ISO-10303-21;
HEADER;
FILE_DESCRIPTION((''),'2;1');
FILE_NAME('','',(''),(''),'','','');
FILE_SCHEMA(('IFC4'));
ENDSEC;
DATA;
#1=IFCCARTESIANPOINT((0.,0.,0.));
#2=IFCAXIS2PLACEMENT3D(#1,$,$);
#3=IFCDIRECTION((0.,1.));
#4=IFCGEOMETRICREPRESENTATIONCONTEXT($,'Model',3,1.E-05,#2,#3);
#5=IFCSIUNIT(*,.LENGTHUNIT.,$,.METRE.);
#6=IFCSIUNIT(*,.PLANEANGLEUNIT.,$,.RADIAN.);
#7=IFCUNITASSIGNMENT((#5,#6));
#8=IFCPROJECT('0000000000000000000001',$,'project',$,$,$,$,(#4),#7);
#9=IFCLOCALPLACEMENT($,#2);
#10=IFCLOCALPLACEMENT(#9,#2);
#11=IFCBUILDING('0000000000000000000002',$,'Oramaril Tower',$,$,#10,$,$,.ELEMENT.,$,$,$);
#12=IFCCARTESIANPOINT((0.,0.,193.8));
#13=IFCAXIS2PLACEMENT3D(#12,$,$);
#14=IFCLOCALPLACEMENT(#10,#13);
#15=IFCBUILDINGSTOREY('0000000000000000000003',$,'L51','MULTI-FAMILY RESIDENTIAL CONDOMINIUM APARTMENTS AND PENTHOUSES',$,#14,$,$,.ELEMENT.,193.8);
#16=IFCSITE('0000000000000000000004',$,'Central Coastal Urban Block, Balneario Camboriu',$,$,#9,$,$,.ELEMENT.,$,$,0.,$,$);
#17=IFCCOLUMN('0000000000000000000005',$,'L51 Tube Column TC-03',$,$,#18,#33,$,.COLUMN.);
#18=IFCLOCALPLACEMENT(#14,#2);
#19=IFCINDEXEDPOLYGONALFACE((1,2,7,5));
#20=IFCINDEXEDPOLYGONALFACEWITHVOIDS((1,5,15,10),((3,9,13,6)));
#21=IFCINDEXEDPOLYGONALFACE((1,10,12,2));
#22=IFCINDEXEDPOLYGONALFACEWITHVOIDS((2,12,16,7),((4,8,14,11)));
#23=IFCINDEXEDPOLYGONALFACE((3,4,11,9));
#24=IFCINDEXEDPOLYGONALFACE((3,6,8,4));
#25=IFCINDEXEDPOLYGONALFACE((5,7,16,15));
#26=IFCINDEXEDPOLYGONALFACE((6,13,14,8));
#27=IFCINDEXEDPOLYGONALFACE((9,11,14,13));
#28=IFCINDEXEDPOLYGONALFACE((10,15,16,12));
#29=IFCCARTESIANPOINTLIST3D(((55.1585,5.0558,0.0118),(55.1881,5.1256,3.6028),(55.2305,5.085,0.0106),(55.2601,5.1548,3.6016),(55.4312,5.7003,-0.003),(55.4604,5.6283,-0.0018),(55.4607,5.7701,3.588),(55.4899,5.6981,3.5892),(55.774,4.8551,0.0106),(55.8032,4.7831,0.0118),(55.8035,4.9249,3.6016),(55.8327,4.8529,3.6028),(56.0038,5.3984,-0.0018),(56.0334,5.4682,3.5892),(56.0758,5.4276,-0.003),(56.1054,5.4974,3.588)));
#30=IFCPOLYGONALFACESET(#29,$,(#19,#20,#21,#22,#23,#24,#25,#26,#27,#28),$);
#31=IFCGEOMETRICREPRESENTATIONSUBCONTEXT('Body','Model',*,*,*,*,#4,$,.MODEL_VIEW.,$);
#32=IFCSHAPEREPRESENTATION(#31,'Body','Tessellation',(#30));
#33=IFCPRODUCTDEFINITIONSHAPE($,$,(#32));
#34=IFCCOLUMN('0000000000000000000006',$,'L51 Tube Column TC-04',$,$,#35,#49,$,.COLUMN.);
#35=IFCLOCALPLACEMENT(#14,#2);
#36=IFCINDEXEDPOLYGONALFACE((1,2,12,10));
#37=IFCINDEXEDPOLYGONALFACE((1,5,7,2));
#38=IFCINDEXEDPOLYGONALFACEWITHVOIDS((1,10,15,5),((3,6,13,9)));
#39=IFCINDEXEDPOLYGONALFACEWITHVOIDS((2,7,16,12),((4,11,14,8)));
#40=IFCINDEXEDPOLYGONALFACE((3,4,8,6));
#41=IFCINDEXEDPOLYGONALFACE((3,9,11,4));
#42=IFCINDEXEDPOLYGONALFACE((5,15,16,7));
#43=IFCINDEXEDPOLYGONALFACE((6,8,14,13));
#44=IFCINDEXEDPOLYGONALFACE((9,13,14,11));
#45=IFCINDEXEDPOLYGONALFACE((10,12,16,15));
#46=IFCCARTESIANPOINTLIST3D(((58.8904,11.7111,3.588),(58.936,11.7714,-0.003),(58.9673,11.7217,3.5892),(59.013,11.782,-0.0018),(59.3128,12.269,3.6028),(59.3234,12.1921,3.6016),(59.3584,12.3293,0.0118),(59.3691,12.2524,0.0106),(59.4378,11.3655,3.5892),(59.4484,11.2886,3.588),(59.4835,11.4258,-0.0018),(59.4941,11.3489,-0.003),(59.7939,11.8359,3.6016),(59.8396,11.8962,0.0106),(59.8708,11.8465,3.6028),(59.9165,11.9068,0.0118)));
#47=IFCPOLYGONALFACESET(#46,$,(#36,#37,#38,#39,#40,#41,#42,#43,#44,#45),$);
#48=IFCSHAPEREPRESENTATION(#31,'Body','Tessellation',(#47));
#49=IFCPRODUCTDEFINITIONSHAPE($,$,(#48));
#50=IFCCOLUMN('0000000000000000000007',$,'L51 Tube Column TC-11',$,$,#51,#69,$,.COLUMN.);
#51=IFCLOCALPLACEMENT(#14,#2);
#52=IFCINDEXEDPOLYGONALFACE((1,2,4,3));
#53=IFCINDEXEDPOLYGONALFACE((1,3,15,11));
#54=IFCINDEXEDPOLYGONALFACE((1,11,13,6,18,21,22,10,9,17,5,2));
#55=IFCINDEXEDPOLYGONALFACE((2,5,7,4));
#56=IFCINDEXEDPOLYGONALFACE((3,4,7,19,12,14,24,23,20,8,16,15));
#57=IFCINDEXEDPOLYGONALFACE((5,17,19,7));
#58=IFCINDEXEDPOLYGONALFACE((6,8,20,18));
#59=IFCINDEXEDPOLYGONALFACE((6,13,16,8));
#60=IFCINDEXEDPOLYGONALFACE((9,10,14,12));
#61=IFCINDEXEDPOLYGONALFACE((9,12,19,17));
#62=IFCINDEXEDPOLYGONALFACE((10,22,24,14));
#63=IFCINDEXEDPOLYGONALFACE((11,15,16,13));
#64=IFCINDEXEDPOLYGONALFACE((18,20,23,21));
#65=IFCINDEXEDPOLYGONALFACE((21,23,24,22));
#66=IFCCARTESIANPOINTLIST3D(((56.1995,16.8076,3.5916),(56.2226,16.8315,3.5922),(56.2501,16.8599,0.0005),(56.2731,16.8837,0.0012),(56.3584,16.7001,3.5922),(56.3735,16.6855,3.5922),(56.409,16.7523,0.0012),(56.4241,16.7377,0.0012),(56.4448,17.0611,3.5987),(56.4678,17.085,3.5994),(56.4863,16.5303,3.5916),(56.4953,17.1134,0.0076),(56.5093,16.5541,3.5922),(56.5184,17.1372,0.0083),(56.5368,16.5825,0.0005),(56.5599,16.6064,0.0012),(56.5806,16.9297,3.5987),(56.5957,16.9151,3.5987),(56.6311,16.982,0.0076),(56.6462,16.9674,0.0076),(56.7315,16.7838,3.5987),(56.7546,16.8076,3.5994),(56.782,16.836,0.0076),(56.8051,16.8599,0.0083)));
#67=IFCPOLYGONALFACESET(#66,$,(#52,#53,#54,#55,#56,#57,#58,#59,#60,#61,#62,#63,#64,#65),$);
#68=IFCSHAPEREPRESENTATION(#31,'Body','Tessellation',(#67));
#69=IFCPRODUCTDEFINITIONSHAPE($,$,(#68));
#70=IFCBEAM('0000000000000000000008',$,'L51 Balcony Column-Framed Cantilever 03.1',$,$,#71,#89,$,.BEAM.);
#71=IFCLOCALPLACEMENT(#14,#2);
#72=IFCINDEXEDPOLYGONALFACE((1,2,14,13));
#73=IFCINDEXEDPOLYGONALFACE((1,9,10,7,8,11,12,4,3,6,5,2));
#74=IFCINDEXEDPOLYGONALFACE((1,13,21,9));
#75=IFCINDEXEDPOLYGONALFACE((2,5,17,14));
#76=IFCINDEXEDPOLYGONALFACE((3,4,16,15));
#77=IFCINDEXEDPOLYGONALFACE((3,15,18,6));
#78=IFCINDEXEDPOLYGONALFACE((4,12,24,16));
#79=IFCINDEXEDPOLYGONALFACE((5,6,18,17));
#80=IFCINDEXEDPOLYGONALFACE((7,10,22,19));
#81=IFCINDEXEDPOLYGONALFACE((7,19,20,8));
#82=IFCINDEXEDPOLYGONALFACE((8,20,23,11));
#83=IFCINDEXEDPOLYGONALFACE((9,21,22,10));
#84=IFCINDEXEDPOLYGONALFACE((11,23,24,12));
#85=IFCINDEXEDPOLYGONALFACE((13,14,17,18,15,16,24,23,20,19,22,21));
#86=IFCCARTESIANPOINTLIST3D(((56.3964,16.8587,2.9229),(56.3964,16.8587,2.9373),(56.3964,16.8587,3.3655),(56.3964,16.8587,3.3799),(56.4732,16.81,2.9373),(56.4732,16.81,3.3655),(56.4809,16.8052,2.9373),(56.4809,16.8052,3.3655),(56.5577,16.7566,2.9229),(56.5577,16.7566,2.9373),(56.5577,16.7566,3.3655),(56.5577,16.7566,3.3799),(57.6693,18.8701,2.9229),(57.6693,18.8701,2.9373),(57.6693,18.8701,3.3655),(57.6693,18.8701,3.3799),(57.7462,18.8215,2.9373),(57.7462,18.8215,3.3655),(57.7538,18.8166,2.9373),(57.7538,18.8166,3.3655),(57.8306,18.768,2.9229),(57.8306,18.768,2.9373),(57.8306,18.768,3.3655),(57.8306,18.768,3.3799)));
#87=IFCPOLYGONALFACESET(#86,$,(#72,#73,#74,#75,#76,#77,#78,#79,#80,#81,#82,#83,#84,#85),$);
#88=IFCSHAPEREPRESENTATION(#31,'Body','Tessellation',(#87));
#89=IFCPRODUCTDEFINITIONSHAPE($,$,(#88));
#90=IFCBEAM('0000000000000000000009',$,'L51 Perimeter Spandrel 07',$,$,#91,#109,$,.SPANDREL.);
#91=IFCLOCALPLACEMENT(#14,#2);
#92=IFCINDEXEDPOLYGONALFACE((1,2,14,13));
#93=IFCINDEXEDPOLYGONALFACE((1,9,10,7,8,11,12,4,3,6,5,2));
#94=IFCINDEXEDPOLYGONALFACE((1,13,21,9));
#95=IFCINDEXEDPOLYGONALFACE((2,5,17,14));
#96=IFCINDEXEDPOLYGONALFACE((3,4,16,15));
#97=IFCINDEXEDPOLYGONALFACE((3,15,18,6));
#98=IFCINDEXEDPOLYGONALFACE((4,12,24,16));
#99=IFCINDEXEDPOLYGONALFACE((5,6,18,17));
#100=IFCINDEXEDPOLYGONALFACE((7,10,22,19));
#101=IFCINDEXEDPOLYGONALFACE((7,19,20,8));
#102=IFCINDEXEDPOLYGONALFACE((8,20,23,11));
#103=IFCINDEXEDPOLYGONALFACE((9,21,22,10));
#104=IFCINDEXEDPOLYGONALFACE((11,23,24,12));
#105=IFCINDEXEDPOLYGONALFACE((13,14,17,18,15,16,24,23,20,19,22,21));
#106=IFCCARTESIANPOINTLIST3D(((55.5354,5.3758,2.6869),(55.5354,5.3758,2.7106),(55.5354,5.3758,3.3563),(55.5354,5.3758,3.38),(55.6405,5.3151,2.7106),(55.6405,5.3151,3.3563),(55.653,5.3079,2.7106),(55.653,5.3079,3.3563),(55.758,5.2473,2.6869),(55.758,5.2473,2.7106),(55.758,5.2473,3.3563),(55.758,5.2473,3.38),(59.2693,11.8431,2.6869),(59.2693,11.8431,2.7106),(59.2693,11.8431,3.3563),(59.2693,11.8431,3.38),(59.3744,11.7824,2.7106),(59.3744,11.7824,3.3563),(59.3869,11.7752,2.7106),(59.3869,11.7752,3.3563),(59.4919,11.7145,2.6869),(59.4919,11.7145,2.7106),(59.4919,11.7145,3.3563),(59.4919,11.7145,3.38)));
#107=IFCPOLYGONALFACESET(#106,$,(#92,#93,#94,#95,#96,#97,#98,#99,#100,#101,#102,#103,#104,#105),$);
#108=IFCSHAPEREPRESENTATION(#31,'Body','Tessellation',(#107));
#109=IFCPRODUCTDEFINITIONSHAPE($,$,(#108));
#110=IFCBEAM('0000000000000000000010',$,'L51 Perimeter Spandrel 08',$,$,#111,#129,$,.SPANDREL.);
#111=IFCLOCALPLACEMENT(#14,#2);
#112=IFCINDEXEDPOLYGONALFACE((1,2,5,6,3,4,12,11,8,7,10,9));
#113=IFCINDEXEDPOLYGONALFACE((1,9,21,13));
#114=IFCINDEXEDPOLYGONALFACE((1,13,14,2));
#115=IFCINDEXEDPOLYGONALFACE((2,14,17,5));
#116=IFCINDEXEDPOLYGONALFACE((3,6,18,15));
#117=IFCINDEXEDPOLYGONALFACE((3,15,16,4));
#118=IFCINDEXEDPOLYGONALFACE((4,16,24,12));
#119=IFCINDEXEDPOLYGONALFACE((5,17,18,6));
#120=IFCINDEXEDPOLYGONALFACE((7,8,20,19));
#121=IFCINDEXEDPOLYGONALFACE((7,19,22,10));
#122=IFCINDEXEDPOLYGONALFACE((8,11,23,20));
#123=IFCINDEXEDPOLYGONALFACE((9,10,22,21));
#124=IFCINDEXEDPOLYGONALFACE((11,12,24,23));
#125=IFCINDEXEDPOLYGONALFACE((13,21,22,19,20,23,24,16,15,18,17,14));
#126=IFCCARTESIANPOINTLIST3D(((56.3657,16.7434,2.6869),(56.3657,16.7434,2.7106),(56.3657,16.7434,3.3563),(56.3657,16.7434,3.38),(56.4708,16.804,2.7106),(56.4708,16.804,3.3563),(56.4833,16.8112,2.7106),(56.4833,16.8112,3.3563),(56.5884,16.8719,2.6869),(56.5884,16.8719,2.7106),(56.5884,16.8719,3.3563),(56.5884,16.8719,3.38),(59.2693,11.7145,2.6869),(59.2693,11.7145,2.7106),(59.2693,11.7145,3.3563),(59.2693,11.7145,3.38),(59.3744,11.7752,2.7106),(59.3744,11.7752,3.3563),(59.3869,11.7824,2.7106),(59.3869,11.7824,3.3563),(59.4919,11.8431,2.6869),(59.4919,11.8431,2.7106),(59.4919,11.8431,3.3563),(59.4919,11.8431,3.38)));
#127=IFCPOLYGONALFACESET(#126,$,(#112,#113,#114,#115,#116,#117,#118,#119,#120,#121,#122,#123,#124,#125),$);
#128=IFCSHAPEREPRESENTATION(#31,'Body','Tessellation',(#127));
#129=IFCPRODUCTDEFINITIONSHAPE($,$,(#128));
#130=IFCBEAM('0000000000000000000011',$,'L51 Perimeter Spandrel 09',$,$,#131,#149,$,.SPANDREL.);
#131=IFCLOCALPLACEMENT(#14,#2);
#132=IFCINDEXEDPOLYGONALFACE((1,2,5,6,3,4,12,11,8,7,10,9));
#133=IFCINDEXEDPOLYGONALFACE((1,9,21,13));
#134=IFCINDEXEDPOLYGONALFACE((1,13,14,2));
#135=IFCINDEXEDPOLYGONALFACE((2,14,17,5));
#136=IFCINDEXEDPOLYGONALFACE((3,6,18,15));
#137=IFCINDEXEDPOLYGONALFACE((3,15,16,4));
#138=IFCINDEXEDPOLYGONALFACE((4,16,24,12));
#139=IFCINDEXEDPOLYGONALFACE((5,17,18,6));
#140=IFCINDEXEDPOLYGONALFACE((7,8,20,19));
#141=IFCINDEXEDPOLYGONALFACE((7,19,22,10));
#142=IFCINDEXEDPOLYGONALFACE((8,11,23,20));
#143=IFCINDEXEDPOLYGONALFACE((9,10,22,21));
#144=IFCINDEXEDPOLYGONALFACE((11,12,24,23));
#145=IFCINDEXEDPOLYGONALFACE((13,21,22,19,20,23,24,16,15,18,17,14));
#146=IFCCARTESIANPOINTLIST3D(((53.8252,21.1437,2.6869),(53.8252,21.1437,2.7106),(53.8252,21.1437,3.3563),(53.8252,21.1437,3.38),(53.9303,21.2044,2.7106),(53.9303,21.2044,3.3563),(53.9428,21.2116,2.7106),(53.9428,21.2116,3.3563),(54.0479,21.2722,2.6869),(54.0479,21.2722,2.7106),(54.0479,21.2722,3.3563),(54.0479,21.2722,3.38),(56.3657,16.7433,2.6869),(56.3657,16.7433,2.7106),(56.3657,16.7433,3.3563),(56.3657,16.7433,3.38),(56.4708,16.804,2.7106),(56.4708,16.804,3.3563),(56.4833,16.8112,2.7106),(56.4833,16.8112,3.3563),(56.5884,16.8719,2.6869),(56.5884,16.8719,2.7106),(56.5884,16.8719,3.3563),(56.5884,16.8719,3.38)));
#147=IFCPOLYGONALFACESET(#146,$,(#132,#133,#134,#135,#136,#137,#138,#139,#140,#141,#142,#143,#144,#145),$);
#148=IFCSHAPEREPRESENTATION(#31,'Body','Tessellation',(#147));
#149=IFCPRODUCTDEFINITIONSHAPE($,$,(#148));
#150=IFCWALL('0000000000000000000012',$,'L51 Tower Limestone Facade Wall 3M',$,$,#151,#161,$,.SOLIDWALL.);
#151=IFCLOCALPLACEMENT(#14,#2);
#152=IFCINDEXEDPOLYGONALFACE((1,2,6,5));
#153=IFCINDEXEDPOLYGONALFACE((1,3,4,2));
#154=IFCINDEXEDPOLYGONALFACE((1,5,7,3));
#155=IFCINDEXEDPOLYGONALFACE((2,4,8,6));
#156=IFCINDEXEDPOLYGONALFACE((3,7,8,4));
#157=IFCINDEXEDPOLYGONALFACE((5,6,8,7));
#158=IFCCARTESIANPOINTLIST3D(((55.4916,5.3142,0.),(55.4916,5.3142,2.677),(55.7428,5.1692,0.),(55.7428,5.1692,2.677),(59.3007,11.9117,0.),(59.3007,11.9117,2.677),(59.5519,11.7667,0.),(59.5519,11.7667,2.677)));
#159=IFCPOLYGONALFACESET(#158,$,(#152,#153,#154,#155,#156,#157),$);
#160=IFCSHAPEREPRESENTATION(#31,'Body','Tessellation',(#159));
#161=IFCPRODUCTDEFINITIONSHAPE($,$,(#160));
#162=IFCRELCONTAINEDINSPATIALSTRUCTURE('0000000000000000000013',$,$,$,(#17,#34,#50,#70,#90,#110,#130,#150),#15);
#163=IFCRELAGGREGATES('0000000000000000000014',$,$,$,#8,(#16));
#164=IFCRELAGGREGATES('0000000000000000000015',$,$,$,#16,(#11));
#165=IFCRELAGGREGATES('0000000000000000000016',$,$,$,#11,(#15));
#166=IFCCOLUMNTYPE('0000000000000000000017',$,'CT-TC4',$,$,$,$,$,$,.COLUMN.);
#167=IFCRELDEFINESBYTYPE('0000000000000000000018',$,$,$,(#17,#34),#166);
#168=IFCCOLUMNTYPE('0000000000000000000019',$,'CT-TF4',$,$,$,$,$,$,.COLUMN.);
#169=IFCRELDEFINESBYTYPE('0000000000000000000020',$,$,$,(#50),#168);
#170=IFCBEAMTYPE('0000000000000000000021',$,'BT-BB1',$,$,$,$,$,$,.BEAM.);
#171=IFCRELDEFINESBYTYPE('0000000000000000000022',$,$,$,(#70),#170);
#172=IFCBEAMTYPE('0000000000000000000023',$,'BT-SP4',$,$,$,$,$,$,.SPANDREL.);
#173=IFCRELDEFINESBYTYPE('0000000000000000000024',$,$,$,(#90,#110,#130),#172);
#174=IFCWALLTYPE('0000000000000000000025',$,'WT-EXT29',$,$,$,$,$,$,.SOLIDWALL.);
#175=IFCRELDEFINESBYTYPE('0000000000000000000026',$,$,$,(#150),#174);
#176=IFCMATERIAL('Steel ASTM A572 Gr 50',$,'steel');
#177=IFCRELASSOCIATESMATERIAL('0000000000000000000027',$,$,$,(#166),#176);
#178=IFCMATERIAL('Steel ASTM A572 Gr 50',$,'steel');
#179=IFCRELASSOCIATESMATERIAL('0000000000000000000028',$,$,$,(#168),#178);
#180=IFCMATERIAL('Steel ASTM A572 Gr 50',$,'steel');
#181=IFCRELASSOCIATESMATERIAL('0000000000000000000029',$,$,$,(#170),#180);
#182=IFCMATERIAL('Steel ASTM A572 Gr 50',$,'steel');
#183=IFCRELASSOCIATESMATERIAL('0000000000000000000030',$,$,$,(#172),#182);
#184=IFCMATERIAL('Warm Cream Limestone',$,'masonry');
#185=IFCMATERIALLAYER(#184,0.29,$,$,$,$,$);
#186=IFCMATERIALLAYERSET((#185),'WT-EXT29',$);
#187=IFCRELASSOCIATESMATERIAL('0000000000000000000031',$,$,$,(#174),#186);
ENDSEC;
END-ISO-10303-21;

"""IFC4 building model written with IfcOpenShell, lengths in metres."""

from ifc_helpers import new_model, si_unit, direction, frame, frame_2d, origin, origin_2d, place, context, subcontext, project, spatial, rectangle, hollow_rectangle, i_section, extrude, material, layer, layer_set, material_profile, profile_set, type_object, element, save


model = new_model("IFC4")

# Units and contexts
model_context = context("Model", 3, precision=1e-05, world=origin(), true_north=direction((0.0, 1.0)))
body_context = subcontext(model_context, "Body", "Model", "MODEL_VIEW")
ifc_project = project(units=[si_unit("LENGTHUNIT", "METRE"), si_unit("PLANEANGLEUNIT", "RADIAN")], contexts=[model_context])

# Site, building, storey
site_placement = place(None, origin())
site = spatial("IfcSite", under=ifc_project, at=site_placement, Name="Central Coastal Urban Block, Balneario Camboriu", CompositionType="ELEMENT", RefElevation=0.0)
building_placement = place(site_placement, origin())
building = spatial("IfcBuilding", under=site, at=building_placement, Name="Oramaril Tower", CompositionType="ELEMENT")
storey_placement = place(building_placement, frame((0.0, 0.0, 193.8)))
storey = spatial("IfcBuildingStorey", under=building, at=storey_placement, Name="L51", Description="MULTI-FAMILY RESIDENTIAL CONDOMINIUM APARTMENTS AND PENTHOUSES", CompositionType="ELEMENT", Elevation=193.8)

# Columns
ifc_material_1 = material(Name="Steel ASTM A572 Gr 50", Category="steel")
ifc_material_profile_1 = material_profile(ifc_material_1, hollow_rectangle(XDim=0.7, YDim=0.7, WallThickness=0.0549, at=origin_2d()), Name="BOX700X700X55")
ifc_profile_set_1 = profile_set([ifc_material_profile_1], Name="Steel ASTM A572 Gr 50")
column_type_1 = type_object("IfcColumnType", Name="CT-TC4", PredefinedType="COLUMN", material=ifc_profile_set_1)
for number, where, z_axis, x_axis, name in (
    (1, (55.6172, 5.2417, 0.0044), (0.008224, 0.01944, 0.999777), (-0.920967, 0.38964, 0.0), "L51 Tube Column TC-03"),
    (2, (59.4263, 11.8391, 0.0044), (-0.01271, -0.016789, 0.999778), (0.79728, -0.603609, 0.0), "L51 Tube Column TC-04"),
):
    element("IfcColumn", number, at=place(storey_placement, frame(where, z_axis=z_axis, x_axis=x_axis)), inside=storey, type_object=column_type_1, Name=name, PredefinedType="COLUMN", context=body_context, shape_type="SweptSolid", body=[
        extrude(hollow_rectangle(XDim=0.7, YDim=0.7, WallThickness=0.0549, at=origin_2d()), origin(), (0.0, 0.0, 1.0), 3.5918),
    ])
ifc_material_2 = material(Name="Steel ASTM A572 Gr 50", Category="steel")
ifc_material_profile_2 = material_profile(ifc_material_2, i_section(OverallWidth=0.3989, OverallDepth=0.386, WebThickness=0.021, FlangeThickness=0.0332, at=origin_2d()), Name="W14X176")
ifc_profile_set_2 = profile_set([ifc_material_profile_2], Name="Steel ASTM A572 Gr 50")
column_type_2 = type_object("IfcColumnType", Name="CT-TF4", PredefinedType="COLUMN", material=ifc_profile_set_2)
column_placement = place(storey_placement, frame((56.5276, 16.8599, 0.0044), z_axis=(-0.01407, -0.014546, 0.999795), x_axis=(0.718765, -0.695254, 0.0)))
element("IfcColumn", 3, at=column_placement, inside=storey, type_object=column_type_2, Name="L51 Tube Column TC-11", PredefinedType="COLUMN", context=body_context, shape_type="SweptSolid", body=[
    extrude(i_section(OverallWidth=0.3989, OverallDepth=0.386, WebThickness=0.021, FlangeThickness=0.0332, at=origin_2d()), origin(), (0.0, 0.0, 1.0), 3.5918),
])

# Beams
ifc_material_3 = material(Name="Steel ASTM A572 Gr 50", Category="steel")
ifc_material_profile_3 = material_profile(ifc_material_3, i_section(OverallWidth=0.1909, OverallDepth=0.457, WebThickness=0.009, FlangeThickness=0.0144, at=origin_2d()), Name="W18X50")
ifc_profile_set_3 = profile_set([ifc_material_profile_3], Name="Steel ASTM A572 Gr 50")
beam_type_1 = type_object("IfcBeamType", Name="BT-BB1", PredefinedType="BEAM", material=ifc_profile_set_3)
beam_1_placement = place(storey_placement, frame((56.4771, 16.8076, 3.1514), z_axis=(0.534757, 0.845006, 0.0), x_axis=(-0.845006, 0.534757, 0.0)))
element("IfcBeam", 4, at=beam_1_placement, inside=storey, type_object=beam_type_1, Name="L51 Balcony Column-Framed Cantilever 03.1", PredefinedType="BEAM", context=body_context, shape_type="SweptSolid", body=[
    extrude(i_section(OverallWidth=0.1909, OverallDepth=0.457, WebThickness=0.009, FlangeThickness=0.0144, at=origin_2d()), origin(), (0.0, 0.0, 1.0), 2.3804),
])
ifc_material_4 = material(Name="Steel ASTM A572 Gr 50", Category="steel")
ifc_material_profile_4 = material_profile(ifc_material_4, i_section(OverallWidth=0.2571, OverallDepth=0.6931, WebThickness=0.0144, FlangeThickness=0.0237, at=origin_2d()), Name="W27X114")
ifc_profile_set_4 = profile_set([ifc_material_profile_4], Name="Steel ASTM A572 Gr 50")
beam_type_2 = type_object("IfcBeamType", Name="BT-SP4", PredefinedType="SPANDREL", material=ifc_profile_set_4)
beam_2_placement = place(storey_placement, frame((55.6467, 5.3115, 3.0334), z_axis=(0.5, 0.866026, 0.0), x_axis=(-0.866026, 0.5, 0.0)))
element("IfcBeam", 5, at=beam_2_placement, inside=storey, type_object=beam_type_2, Name="L51 Perimeter Spandrel 07", PredefinedType="SPANDREL", context=body_context, shape_type="SweptSolid", body=[
    extrude(i_section(OverallWidth=0.2571, OverallDepth=0.6931, WebThickness=0.0144, FlangeThickness=0.0237, at=origin_2d()), origin(), (0.0, 0.0, 1.0), 7.4678),
])
beam_3_placement = place(storey_placement, frame((59.3806, 11.7788, 3.0334), z_axis=(-0.500023, 0.866012, 0.0), x_axis=(-0.866012, -0.500023, 0.0)))
element("IfcBeam", 6, at=beam_3_placement, inside=storey, type_object=beam_type_2, Name="L51 Perimeter Spandrel 08", PredefinedType="SPANDREL", context=body_context, shape_type="SweptSolid", body=[
    extrude(i_section(OverallWidth=0.2571, OverallDepth=0.6931, WebThickness=0.0144, FlangeThickness=0.0237, at=origin_2d()), origin(), (0.0, 0.0, 1.0), 5.8069),
])
beam_4_placement = place(storey_placement, frame((56.4771, 16.8076, 3.0334), z_axis=(-0.499994, 0.866029, 0.0), x_axis=(-0.866029, -0.499994, 0.0)))
element("IfcBeam", 7, at=beam_4_placement, inside=storey, type_object=beam_type_2, Name="L51 Perimeter Spandrel 09", PredefinedType="SPANDREL", context=body_context, shape_type="SweptSolid", body=[
    extrude(i_section(OverallWidth=0.2571, OverallDepth=0.6931, WebThickness=0.0144, FlangeThickness=0.0237, at=origin_2d()), origin(), (0.0, 0.0, 1.0), 5.0811),
])

# Wall
ifc_material_5 = material(Name="Warm Cream Limestone", Category="masonry")
ifc_layer_1 = layer(ifc_material_5, 0.29)
ifc_layer_set_1 = layer_set([ifc_layer_1], Name="WT-EXT29")
wall_type = type_object("IfcWallType", Name="WT-EXT29", PredefinedType="SOLIDWALL", material=ifc_layer_set_1)
wall_1_placement = place(storey_placement, frame((55.6172, 5.2417, 0.0), z_axis=(0.0, 0.0, 1.0), x_axis=(0.500006, 0.866022, 0.0)))
element("IfcWall", 8, at=wall_1_placement, inside=storey, type_object=wall_type, Name="L51 Tower Limestone Facade Wall 3M", PredefinedType="SOLIDWALL", context=body_context, shape_type="SweptSolid", body=[
    extrude(rectangle(XDim=7.6182, YDim=0.29, at=frame_2d((3.8091, 0.0))), origin(), (0.0, 0.0, 1.0), 2.677),
])

save(model, "model.ifc")
